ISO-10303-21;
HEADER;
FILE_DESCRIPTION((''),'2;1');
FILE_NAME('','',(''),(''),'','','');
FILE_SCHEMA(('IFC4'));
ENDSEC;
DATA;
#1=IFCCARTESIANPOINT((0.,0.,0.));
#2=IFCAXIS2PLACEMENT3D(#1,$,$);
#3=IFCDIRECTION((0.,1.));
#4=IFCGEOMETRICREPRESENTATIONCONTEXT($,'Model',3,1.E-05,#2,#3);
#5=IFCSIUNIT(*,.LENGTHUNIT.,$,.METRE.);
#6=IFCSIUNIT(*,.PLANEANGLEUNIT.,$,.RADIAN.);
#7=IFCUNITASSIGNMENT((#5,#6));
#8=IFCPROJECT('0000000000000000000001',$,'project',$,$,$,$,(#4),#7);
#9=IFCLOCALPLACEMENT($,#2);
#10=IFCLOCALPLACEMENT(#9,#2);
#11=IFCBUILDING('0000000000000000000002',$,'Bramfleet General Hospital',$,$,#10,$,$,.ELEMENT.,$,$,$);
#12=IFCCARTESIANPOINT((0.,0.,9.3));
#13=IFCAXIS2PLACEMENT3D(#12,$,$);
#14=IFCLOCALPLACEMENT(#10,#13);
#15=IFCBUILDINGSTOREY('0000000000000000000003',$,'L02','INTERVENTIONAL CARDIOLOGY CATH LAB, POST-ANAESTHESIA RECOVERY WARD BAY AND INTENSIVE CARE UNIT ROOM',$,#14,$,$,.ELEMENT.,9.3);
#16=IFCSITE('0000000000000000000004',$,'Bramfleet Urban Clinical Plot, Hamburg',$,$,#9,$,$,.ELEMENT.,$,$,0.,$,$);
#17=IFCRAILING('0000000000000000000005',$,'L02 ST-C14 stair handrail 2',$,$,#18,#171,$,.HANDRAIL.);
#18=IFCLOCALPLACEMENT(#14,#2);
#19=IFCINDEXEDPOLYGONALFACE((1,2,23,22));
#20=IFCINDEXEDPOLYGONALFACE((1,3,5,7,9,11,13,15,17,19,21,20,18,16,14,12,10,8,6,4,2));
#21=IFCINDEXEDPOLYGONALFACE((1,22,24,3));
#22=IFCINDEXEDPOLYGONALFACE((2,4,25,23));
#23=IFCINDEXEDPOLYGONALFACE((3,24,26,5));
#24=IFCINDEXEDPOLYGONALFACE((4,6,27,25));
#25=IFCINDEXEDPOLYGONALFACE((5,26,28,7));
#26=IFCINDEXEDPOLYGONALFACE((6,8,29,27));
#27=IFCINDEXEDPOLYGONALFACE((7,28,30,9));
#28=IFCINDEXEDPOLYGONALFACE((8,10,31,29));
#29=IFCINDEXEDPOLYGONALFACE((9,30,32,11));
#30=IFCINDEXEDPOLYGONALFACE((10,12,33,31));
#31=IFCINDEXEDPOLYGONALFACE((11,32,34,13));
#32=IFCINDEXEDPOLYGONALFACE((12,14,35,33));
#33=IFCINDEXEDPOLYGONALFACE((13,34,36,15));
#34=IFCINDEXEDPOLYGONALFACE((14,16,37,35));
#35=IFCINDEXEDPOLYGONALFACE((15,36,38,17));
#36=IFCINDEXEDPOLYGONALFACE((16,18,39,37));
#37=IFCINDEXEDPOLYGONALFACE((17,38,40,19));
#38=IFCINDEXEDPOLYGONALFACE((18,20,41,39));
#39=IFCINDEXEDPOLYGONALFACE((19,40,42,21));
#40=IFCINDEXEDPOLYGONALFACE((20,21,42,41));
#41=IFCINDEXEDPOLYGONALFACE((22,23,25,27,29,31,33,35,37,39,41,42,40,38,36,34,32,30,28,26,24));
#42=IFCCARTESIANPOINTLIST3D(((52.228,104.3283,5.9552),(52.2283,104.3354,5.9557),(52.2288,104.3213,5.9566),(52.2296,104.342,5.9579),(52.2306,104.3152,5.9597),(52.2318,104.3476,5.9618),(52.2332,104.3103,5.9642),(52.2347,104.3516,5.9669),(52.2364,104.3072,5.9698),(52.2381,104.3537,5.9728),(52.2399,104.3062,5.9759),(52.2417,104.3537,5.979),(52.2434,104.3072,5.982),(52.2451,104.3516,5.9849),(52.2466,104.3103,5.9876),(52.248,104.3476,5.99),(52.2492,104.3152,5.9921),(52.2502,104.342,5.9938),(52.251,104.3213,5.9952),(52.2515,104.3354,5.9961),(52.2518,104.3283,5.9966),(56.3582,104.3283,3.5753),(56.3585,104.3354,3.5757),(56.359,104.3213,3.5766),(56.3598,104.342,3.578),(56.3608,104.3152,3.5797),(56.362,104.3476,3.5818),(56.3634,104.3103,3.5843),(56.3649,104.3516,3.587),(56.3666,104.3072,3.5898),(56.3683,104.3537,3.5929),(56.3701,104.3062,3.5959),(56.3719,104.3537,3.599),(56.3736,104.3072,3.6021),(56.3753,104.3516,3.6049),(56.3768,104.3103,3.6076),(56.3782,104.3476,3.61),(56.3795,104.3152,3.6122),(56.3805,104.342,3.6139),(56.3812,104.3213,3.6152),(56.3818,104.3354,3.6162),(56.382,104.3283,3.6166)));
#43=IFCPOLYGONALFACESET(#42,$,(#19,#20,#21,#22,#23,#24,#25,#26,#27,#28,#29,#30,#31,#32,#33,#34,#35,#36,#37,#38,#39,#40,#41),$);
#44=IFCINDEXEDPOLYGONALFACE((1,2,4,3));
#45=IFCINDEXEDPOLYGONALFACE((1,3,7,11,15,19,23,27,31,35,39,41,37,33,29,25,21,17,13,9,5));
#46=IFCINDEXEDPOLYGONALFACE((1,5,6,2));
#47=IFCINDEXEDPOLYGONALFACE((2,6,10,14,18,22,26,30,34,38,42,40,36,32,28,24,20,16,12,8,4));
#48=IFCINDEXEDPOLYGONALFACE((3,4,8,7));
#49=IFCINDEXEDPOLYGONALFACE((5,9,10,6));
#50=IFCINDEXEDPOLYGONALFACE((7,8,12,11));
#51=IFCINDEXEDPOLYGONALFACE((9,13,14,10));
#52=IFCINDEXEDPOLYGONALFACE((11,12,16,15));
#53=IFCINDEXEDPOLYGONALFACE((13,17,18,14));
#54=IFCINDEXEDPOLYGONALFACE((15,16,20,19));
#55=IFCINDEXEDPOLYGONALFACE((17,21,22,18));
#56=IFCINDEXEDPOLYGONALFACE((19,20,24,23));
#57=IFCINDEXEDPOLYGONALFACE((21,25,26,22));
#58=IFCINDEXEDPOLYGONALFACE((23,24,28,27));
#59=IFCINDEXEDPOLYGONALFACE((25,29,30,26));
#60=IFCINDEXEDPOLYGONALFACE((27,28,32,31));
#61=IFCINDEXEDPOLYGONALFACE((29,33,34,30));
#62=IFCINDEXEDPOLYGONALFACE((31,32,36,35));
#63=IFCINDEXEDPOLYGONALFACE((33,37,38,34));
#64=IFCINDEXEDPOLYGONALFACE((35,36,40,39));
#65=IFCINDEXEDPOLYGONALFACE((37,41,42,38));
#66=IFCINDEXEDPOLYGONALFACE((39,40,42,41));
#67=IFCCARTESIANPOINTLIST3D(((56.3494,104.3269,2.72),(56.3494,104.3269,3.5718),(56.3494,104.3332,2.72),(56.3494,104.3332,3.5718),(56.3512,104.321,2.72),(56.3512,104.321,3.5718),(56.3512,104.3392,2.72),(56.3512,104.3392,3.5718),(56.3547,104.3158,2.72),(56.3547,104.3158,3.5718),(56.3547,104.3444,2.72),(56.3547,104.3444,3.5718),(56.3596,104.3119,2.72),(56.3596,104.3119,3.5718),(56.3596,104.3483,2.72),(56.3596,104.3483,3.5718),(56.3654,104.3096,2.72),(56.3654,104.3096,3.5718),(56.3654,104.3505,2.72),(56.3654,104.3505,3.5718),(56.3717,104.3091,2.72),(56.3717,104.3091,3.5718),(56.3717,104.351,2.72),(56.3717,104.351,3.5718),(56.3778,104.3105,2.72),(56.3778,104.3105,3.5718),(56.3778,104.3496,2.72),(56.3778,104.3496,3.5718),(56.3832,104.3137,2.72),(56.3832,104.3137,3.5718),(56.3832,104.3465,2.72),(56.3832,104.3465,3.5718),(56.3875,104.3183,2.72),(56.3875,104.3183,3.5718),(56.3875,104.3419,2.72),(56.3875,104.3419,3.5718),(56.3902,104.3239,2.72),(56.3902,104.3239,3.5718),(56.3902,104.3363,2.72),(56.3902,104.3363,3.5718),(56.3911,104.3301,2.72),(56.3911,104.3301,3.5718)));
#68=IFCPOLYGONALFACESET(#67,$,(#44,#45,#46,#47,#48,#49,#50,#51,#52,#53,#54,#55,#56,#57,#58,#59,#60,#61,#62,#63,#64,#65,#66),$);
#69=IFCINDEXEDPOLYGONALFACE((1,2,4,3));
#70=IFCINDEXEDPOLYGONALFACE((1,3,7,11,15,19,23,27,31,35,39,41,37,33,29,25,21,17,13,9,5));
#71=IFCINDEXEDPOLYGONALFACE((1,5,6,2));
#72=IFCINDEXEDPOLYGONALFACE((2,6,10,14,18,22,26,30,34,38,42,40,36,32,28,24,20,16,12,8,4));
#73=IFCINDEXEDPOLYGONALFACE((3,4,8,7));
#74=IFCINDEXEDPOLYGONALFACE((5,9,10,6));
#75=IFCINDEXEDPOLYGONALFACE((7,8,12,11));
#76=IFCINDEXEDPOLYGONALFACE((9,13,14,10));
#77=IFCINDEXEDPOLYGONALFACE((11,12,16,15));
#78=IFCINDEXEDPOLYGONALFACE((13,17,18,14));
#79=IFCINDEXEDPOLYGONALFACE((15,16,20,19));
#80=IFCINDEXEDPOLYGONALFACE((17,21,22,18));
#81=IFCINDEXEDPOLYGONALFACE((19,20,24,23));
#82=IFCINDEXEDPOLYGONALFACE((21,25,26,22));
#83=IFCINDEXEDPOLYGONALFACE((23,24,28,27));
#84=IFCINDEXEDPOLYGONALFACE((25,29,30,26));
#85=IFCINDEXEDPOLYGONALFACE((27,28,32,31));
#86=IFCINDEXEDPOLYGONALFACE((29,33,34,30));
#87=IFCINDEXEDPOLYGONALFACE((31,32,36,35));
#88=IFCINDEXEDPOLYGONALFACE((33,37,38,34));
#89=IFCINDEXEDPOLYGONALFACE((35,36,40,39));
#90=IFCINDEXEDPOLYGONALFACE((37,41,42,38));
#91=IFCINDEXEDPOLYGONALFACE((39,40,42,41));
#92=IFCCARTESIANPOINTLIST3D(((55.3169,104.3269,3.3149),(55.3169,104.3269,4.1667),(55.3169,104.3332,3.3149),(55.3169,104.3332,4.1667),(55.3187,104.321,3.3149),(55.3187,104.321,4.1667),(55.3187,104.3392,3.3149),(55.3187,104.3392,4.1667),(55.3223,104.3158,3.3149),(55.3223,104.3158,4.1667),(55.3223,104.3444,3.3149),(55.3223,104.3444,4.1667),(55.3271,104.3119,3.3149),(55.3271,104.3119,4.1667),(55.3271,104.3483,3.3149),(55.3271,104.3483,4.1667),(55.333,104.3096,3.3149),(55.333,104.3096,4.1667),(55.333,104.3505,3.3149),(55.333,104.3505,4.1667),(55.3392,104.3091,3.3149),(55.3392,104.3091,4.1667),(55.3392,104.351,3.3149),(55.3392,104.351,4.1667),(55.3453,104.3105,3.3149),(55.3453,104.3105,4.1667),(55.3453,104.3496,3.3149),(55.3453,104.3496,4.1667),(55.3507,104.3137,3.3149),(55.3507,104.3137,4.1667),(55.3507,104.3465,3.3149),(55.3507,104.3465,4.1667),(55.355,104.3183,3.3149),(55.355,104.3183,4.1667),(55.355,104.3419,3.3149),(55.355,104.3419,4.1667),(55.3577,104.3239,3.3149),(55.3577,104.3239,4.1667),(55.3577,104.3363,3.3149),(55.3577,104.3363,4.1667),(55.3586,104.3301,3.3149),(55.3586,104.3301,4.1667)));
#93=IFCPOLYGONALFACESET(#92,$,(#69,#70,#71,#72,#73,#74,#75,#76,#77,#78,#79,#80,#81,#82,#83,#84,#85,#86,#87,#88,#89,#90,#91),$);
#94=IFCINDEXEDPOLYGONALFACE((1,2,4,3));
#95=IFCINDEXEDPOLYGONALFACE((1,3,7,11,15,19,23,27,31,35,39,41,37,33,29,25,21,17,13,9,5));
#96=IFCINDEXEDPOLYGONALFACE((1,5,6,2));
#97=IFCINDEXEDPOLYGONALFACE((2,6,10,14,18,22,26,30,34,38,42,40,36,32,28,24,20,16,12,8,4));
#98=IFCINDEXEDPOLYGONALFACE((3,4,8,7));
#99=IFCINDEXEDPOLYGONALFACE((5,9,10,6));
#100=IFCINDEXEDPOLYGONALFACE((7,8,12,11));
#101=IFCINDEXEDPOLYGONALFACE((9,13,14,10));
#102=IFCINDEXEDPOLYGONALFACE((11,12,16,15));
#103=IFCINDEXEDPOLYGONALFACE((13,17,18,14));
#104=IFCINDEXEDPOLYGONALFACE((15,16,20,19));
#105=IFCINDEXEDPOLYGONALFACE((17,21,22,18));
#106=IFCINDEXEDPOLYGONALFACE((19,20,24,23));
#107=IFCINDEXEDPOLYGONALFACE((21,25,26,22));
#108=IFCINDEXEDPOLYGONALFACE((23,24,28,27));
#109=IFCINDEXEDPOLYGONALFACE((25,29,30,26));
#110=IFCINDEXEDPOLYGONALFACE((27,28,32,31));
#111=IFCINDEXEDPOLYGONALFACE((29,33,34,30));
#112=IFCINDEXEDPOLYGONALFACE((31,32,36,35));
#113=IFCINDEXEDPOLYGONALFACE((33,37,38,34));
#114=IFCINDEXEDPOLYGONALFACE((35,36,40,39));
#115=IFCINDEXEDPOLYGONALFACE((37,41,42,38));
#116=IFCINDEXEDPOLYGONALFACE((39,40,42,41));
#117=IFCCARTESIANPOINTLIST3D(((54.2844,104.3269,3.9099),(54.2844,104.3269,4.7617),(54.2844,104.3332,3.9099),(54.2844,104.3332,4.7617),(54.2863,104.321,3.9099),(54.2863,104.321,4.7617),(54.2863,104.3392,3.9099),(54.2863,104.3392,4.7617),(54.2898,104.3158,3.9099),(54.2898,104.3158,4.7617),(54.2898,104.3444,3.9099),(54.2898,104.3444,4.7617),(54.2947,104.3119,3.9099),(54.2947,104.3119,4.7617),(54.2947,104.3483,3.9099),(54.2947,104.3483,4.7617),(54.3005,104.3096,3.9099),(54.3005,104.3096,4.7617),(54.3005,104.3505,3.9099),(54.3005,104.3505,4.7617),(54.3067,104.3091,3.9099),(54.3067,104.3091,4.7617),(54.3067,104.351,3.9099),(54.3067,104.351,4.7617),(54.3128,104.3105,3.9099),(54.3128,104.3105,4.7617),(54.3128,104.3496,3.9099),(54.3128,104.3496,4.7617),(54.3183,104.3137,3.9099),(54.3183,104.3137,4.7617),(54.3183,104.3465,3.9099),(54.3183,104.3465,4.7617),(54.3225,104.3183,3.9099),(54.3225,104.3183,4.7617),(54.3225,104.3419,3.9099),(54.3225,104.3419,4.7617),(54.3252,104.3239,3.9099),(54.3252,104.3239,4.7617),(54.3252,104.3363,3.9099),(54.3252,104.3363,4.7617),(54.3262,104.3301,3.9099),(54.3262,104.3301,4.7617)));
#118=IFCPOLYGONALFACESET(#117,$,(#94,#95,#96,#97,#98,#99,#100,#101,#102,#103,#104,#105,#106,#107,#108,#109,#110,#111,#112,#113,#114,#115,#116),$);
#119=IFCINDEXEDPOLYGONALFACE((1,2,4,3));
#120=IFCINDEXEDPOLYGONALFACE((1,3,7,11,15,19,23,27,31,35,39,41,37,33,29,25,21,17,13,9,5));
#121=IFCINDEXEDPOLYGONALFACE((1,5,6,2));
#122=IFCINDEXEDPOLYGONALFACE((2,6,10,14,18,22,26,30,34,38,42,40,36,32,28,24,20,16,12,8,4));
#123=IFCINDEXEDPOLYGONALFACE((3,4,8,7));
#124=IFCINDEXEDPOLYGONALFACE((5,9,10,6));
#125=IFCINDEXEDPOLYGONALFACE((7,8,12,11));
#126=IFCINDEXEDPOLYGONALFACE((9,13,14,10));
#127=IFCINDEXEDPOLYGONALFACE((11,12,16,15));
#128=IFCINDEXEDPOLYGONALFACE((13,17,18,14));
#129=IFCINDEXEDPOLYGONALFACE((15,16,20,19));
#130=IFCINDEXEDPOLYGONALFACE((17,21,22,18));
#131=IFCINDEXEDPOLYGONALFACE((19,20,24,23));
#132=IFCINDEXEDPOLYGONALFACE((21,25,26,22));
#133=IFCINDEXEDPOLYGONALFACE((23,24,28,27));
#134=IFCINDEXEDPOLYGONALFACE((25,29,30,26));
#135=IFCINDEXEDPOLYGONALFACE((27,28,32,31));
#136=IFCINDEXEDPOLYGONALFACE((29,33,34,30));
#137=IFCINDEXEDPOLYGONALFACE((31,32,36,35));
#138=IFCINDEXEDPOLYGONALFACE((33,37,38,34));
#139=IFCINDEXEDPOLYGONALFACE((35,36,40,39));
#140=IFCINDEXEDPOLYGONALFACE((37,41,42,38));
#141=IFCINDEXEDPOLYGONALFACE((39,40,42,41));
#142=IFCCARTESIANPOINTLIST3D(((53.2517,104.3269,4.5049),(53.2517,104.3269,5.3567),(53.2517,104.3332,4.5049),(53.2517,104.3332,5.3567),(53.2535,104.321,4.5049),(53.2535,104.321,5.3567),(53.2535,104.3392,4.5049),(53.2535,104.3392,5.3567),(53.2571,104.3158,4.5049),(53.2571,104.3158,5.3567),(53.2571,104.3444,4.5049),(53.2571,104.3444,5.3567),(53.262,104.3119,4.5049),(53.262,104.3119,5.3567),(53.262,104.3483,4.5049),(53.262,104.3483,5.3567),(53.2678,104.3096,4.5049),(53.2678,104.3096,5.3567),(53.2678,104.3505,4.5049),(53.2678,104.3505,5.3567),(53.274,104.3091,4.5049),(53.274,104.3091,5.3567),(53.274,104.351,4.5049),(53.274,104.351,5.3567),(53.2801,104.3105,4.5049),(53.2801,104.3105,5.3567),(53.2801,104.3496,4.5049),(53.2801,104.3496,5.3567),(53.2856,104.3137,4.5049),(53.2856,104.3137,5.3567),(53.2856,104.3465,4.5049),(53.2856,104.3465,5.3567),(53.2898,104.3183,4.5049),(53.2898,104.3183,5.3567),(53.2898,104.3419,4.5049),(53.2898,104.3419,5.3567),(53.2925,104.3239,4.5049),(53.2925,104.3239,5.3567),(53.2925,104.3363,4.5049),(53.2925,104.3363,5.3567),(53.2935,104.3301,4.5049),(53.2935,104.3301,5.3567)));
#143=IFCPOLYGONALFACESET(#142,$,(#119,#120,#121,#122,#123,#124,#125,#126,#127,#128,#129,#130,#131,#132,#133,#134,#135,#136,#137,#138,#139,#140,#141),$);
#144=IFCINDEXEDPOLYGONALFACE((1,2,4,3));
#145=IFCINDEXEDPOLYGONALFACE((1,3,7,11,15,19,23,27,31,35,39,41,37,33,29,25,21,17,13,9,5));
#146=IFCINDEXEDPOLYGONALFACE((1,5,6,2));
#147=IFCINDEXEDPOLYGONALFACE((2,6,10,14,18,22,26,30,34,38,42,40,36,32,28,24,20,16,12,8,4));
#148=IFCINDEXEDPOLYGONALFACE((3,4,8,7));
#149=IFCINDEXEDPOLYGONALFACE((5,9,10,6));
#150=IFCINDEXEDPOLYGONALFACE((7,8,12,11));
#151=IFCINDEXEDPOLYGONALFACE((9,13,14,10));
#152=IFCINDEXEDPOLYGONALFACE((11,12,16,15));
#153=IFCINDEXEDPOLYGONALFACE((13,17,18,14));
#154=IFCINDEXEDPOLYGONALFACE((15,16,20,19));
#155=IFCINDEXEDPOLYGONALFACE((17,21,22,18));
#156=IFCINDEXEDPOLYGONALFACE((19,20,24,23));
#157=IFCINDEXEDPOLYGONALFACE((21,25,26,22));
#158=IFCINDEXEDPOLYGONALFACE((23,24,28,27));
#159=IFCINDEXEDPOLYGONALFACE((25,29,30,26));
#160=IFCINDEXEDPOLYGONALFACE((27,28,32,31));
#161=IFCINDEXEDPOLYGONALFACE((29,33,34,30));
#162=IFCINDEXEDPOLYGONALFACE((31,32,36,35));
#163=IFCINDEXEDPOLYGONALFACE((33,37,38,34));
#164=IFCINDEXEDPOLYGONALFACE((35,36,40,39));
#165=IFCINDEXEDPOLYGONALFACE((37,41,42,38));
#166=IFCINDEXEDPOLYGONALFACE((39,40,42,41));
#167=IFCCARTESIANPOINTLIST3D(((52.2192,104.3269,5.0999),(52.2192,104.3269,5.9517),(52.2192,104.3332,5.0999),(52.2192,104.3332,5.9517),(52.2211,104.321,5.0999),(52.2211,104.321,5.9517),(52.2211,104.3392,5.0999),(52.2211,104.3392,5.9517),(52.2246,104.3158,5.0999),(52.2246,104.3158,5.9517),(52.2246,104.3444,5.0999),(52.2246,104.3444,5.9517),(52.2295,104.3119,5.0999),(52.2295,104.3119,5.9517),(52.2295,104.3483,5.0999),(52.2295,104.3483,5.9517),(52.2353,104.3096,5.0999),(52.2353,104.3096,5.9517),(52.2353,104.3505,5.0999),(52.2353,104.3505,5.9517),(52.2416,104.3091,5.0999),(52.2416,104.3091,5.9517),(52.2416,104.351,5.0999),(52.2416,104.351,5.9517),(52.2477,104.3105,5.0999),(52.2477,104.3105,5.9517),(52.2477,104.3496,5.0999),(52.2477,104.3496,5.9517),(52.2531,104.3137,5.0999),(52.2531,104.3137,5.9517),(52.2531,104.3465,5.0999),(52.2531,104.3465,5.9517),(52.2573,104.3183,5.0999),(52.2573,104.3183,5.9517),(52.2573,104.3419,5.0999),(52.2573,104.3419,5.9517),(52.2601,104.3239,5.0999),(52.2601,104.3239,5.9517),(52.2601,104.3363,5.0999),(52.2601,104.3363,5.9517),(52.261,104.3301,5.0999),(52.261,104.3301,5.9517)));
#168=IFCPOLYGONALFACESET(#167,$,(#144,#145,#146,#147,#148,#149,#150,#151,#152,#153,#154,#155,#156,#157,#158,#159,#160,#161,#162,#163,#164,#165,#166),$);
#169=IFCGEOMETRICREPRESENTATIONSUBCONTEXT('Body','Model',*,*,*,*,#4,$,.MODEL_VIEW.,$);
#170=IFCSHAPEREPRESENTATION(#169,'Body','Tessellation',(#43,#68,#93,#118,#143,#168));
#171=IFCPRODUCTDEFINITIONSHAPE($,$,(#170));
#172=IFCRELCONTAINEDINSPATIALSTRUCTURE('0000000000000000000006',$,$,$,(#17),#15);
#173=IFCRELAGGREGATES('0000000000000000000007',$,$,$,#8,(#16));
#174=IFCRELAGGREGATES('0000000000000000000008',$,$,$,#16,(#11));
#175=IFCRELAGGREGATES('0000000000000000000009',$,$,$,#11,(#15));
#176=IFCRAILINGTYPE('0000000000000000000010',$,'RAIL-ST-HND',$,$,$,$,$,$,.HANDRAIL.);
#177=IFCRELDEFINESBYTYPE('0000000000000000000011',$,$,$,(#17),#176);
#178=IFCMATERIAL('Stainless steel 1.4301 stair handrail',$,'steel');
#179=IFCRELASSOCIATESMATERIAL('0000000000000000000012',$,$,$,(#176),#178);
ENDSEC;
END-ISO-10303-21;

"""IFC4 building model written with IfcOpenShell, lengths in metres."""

from ifc_helpers import new_model, si_unit, direction, frame, origin, origin_2d, place, context, subcontext, project, spatial, circle, extrude, material, type_object, element, save


model = new_model("IFC4")

# Units and contexts
model_context = context("Model", 3, precision=1e-05, world=origin(), true_north=direction((0.0, 1.0)))
body_context = subcontext(model_context, "Body", "Model", "MODEL_VIEW")
ifc_project = project(units=[si_unit("LENGTHUNIT", "METRE"), si_unit("PLANEANGLEUNIT", "RADIAN")], contexts=[model_context])

# Site, building, storey
site_placement = place(None, origin())
site = spatial("IfcSite", under=ifc_project, at=site_placement, Name="Bramfleet Urban Clinical Plot, Hamburg", CompositionType="ELEMENT", RefElevation=0.0)
building_placement = place(site_placement, origin())
building = spatial("IfcBuilding", under=site, at=building_placement, Name="Bramfleet General Hospital", CompositionType="ELEMENT")
storey_placement = place(building_placement, frame((0.0, 0.0, 9.3)))
storey = spatial("IfcBuildingStorey", under=building, at=storey_placement, Name="L02", Description="INTERVENTIONAL CARDIOLOGY CATH LAB, POST-ANAESTHESIA RECOVERY WARD BAY AND INTENSIVE CARE UNIT ROOM", CompositionType="ELEMENT", Elevation=9.3)

# Railing
ifc_material_1 = material(Name="Stainless steel 1.4301 stair handrail", Category="steel")
railing_type_1 = type_object("IfcRailingType", Name="RAIL-ST-HND", PredefinedType="HANDRAIL", material=ifc_material_1)
railing_1_placement = place(storey_placement, frame((56.3701, 104.3301, 2.72)))
element("IfcRailing", 1, at=railing_1_placement, inside=storey, type_object=railing_type_1, Name="L02 ST-C14 stair handrail 2", PredefinedType="HANDRAIL", context=body_context, shape_type="SweptSolid", body=[
    extrude(circle(Radius=0.0239, at=origin_2d()), frame((0.0, 0.0, 0.876), z_axis=(-0.866447, 0.0, 0.499269), x_axis=(0.0, -1.0, 0.0)), (0.0, 0.0, 1.0), 4.7668),
    extrude(circle(Radius=0.021, at=origin_2d()), origin(), (0.0, 0.0, 1.0), 0.8518),
    extrude(circle(Radius=0.021, at=origin_2d()), frame((-1.0325, 0.0, 0.595)), (0.0, 0.0, 1.0), 0.8518),
    extrude(circle(Radius=0.021, at=origin_2d()), frame((-2.0649, 0.0, 1.1899)), (0.0, 0.0, 1.0), 0.8518),
    extrude(circle(Radius=0.021, at=origin_2d()), frame((-3.0977, 0.0, 1.7849)), (0.0, 0.0, 1.0), 0.8518),
    extrude(circle(Radius=0.021, at=origin_2d()), frame((-4.1301, 0.0, 2.3799)), (0.0, 0.0, 1.0), 0.8518),
])

save(model, "model.ifc")
